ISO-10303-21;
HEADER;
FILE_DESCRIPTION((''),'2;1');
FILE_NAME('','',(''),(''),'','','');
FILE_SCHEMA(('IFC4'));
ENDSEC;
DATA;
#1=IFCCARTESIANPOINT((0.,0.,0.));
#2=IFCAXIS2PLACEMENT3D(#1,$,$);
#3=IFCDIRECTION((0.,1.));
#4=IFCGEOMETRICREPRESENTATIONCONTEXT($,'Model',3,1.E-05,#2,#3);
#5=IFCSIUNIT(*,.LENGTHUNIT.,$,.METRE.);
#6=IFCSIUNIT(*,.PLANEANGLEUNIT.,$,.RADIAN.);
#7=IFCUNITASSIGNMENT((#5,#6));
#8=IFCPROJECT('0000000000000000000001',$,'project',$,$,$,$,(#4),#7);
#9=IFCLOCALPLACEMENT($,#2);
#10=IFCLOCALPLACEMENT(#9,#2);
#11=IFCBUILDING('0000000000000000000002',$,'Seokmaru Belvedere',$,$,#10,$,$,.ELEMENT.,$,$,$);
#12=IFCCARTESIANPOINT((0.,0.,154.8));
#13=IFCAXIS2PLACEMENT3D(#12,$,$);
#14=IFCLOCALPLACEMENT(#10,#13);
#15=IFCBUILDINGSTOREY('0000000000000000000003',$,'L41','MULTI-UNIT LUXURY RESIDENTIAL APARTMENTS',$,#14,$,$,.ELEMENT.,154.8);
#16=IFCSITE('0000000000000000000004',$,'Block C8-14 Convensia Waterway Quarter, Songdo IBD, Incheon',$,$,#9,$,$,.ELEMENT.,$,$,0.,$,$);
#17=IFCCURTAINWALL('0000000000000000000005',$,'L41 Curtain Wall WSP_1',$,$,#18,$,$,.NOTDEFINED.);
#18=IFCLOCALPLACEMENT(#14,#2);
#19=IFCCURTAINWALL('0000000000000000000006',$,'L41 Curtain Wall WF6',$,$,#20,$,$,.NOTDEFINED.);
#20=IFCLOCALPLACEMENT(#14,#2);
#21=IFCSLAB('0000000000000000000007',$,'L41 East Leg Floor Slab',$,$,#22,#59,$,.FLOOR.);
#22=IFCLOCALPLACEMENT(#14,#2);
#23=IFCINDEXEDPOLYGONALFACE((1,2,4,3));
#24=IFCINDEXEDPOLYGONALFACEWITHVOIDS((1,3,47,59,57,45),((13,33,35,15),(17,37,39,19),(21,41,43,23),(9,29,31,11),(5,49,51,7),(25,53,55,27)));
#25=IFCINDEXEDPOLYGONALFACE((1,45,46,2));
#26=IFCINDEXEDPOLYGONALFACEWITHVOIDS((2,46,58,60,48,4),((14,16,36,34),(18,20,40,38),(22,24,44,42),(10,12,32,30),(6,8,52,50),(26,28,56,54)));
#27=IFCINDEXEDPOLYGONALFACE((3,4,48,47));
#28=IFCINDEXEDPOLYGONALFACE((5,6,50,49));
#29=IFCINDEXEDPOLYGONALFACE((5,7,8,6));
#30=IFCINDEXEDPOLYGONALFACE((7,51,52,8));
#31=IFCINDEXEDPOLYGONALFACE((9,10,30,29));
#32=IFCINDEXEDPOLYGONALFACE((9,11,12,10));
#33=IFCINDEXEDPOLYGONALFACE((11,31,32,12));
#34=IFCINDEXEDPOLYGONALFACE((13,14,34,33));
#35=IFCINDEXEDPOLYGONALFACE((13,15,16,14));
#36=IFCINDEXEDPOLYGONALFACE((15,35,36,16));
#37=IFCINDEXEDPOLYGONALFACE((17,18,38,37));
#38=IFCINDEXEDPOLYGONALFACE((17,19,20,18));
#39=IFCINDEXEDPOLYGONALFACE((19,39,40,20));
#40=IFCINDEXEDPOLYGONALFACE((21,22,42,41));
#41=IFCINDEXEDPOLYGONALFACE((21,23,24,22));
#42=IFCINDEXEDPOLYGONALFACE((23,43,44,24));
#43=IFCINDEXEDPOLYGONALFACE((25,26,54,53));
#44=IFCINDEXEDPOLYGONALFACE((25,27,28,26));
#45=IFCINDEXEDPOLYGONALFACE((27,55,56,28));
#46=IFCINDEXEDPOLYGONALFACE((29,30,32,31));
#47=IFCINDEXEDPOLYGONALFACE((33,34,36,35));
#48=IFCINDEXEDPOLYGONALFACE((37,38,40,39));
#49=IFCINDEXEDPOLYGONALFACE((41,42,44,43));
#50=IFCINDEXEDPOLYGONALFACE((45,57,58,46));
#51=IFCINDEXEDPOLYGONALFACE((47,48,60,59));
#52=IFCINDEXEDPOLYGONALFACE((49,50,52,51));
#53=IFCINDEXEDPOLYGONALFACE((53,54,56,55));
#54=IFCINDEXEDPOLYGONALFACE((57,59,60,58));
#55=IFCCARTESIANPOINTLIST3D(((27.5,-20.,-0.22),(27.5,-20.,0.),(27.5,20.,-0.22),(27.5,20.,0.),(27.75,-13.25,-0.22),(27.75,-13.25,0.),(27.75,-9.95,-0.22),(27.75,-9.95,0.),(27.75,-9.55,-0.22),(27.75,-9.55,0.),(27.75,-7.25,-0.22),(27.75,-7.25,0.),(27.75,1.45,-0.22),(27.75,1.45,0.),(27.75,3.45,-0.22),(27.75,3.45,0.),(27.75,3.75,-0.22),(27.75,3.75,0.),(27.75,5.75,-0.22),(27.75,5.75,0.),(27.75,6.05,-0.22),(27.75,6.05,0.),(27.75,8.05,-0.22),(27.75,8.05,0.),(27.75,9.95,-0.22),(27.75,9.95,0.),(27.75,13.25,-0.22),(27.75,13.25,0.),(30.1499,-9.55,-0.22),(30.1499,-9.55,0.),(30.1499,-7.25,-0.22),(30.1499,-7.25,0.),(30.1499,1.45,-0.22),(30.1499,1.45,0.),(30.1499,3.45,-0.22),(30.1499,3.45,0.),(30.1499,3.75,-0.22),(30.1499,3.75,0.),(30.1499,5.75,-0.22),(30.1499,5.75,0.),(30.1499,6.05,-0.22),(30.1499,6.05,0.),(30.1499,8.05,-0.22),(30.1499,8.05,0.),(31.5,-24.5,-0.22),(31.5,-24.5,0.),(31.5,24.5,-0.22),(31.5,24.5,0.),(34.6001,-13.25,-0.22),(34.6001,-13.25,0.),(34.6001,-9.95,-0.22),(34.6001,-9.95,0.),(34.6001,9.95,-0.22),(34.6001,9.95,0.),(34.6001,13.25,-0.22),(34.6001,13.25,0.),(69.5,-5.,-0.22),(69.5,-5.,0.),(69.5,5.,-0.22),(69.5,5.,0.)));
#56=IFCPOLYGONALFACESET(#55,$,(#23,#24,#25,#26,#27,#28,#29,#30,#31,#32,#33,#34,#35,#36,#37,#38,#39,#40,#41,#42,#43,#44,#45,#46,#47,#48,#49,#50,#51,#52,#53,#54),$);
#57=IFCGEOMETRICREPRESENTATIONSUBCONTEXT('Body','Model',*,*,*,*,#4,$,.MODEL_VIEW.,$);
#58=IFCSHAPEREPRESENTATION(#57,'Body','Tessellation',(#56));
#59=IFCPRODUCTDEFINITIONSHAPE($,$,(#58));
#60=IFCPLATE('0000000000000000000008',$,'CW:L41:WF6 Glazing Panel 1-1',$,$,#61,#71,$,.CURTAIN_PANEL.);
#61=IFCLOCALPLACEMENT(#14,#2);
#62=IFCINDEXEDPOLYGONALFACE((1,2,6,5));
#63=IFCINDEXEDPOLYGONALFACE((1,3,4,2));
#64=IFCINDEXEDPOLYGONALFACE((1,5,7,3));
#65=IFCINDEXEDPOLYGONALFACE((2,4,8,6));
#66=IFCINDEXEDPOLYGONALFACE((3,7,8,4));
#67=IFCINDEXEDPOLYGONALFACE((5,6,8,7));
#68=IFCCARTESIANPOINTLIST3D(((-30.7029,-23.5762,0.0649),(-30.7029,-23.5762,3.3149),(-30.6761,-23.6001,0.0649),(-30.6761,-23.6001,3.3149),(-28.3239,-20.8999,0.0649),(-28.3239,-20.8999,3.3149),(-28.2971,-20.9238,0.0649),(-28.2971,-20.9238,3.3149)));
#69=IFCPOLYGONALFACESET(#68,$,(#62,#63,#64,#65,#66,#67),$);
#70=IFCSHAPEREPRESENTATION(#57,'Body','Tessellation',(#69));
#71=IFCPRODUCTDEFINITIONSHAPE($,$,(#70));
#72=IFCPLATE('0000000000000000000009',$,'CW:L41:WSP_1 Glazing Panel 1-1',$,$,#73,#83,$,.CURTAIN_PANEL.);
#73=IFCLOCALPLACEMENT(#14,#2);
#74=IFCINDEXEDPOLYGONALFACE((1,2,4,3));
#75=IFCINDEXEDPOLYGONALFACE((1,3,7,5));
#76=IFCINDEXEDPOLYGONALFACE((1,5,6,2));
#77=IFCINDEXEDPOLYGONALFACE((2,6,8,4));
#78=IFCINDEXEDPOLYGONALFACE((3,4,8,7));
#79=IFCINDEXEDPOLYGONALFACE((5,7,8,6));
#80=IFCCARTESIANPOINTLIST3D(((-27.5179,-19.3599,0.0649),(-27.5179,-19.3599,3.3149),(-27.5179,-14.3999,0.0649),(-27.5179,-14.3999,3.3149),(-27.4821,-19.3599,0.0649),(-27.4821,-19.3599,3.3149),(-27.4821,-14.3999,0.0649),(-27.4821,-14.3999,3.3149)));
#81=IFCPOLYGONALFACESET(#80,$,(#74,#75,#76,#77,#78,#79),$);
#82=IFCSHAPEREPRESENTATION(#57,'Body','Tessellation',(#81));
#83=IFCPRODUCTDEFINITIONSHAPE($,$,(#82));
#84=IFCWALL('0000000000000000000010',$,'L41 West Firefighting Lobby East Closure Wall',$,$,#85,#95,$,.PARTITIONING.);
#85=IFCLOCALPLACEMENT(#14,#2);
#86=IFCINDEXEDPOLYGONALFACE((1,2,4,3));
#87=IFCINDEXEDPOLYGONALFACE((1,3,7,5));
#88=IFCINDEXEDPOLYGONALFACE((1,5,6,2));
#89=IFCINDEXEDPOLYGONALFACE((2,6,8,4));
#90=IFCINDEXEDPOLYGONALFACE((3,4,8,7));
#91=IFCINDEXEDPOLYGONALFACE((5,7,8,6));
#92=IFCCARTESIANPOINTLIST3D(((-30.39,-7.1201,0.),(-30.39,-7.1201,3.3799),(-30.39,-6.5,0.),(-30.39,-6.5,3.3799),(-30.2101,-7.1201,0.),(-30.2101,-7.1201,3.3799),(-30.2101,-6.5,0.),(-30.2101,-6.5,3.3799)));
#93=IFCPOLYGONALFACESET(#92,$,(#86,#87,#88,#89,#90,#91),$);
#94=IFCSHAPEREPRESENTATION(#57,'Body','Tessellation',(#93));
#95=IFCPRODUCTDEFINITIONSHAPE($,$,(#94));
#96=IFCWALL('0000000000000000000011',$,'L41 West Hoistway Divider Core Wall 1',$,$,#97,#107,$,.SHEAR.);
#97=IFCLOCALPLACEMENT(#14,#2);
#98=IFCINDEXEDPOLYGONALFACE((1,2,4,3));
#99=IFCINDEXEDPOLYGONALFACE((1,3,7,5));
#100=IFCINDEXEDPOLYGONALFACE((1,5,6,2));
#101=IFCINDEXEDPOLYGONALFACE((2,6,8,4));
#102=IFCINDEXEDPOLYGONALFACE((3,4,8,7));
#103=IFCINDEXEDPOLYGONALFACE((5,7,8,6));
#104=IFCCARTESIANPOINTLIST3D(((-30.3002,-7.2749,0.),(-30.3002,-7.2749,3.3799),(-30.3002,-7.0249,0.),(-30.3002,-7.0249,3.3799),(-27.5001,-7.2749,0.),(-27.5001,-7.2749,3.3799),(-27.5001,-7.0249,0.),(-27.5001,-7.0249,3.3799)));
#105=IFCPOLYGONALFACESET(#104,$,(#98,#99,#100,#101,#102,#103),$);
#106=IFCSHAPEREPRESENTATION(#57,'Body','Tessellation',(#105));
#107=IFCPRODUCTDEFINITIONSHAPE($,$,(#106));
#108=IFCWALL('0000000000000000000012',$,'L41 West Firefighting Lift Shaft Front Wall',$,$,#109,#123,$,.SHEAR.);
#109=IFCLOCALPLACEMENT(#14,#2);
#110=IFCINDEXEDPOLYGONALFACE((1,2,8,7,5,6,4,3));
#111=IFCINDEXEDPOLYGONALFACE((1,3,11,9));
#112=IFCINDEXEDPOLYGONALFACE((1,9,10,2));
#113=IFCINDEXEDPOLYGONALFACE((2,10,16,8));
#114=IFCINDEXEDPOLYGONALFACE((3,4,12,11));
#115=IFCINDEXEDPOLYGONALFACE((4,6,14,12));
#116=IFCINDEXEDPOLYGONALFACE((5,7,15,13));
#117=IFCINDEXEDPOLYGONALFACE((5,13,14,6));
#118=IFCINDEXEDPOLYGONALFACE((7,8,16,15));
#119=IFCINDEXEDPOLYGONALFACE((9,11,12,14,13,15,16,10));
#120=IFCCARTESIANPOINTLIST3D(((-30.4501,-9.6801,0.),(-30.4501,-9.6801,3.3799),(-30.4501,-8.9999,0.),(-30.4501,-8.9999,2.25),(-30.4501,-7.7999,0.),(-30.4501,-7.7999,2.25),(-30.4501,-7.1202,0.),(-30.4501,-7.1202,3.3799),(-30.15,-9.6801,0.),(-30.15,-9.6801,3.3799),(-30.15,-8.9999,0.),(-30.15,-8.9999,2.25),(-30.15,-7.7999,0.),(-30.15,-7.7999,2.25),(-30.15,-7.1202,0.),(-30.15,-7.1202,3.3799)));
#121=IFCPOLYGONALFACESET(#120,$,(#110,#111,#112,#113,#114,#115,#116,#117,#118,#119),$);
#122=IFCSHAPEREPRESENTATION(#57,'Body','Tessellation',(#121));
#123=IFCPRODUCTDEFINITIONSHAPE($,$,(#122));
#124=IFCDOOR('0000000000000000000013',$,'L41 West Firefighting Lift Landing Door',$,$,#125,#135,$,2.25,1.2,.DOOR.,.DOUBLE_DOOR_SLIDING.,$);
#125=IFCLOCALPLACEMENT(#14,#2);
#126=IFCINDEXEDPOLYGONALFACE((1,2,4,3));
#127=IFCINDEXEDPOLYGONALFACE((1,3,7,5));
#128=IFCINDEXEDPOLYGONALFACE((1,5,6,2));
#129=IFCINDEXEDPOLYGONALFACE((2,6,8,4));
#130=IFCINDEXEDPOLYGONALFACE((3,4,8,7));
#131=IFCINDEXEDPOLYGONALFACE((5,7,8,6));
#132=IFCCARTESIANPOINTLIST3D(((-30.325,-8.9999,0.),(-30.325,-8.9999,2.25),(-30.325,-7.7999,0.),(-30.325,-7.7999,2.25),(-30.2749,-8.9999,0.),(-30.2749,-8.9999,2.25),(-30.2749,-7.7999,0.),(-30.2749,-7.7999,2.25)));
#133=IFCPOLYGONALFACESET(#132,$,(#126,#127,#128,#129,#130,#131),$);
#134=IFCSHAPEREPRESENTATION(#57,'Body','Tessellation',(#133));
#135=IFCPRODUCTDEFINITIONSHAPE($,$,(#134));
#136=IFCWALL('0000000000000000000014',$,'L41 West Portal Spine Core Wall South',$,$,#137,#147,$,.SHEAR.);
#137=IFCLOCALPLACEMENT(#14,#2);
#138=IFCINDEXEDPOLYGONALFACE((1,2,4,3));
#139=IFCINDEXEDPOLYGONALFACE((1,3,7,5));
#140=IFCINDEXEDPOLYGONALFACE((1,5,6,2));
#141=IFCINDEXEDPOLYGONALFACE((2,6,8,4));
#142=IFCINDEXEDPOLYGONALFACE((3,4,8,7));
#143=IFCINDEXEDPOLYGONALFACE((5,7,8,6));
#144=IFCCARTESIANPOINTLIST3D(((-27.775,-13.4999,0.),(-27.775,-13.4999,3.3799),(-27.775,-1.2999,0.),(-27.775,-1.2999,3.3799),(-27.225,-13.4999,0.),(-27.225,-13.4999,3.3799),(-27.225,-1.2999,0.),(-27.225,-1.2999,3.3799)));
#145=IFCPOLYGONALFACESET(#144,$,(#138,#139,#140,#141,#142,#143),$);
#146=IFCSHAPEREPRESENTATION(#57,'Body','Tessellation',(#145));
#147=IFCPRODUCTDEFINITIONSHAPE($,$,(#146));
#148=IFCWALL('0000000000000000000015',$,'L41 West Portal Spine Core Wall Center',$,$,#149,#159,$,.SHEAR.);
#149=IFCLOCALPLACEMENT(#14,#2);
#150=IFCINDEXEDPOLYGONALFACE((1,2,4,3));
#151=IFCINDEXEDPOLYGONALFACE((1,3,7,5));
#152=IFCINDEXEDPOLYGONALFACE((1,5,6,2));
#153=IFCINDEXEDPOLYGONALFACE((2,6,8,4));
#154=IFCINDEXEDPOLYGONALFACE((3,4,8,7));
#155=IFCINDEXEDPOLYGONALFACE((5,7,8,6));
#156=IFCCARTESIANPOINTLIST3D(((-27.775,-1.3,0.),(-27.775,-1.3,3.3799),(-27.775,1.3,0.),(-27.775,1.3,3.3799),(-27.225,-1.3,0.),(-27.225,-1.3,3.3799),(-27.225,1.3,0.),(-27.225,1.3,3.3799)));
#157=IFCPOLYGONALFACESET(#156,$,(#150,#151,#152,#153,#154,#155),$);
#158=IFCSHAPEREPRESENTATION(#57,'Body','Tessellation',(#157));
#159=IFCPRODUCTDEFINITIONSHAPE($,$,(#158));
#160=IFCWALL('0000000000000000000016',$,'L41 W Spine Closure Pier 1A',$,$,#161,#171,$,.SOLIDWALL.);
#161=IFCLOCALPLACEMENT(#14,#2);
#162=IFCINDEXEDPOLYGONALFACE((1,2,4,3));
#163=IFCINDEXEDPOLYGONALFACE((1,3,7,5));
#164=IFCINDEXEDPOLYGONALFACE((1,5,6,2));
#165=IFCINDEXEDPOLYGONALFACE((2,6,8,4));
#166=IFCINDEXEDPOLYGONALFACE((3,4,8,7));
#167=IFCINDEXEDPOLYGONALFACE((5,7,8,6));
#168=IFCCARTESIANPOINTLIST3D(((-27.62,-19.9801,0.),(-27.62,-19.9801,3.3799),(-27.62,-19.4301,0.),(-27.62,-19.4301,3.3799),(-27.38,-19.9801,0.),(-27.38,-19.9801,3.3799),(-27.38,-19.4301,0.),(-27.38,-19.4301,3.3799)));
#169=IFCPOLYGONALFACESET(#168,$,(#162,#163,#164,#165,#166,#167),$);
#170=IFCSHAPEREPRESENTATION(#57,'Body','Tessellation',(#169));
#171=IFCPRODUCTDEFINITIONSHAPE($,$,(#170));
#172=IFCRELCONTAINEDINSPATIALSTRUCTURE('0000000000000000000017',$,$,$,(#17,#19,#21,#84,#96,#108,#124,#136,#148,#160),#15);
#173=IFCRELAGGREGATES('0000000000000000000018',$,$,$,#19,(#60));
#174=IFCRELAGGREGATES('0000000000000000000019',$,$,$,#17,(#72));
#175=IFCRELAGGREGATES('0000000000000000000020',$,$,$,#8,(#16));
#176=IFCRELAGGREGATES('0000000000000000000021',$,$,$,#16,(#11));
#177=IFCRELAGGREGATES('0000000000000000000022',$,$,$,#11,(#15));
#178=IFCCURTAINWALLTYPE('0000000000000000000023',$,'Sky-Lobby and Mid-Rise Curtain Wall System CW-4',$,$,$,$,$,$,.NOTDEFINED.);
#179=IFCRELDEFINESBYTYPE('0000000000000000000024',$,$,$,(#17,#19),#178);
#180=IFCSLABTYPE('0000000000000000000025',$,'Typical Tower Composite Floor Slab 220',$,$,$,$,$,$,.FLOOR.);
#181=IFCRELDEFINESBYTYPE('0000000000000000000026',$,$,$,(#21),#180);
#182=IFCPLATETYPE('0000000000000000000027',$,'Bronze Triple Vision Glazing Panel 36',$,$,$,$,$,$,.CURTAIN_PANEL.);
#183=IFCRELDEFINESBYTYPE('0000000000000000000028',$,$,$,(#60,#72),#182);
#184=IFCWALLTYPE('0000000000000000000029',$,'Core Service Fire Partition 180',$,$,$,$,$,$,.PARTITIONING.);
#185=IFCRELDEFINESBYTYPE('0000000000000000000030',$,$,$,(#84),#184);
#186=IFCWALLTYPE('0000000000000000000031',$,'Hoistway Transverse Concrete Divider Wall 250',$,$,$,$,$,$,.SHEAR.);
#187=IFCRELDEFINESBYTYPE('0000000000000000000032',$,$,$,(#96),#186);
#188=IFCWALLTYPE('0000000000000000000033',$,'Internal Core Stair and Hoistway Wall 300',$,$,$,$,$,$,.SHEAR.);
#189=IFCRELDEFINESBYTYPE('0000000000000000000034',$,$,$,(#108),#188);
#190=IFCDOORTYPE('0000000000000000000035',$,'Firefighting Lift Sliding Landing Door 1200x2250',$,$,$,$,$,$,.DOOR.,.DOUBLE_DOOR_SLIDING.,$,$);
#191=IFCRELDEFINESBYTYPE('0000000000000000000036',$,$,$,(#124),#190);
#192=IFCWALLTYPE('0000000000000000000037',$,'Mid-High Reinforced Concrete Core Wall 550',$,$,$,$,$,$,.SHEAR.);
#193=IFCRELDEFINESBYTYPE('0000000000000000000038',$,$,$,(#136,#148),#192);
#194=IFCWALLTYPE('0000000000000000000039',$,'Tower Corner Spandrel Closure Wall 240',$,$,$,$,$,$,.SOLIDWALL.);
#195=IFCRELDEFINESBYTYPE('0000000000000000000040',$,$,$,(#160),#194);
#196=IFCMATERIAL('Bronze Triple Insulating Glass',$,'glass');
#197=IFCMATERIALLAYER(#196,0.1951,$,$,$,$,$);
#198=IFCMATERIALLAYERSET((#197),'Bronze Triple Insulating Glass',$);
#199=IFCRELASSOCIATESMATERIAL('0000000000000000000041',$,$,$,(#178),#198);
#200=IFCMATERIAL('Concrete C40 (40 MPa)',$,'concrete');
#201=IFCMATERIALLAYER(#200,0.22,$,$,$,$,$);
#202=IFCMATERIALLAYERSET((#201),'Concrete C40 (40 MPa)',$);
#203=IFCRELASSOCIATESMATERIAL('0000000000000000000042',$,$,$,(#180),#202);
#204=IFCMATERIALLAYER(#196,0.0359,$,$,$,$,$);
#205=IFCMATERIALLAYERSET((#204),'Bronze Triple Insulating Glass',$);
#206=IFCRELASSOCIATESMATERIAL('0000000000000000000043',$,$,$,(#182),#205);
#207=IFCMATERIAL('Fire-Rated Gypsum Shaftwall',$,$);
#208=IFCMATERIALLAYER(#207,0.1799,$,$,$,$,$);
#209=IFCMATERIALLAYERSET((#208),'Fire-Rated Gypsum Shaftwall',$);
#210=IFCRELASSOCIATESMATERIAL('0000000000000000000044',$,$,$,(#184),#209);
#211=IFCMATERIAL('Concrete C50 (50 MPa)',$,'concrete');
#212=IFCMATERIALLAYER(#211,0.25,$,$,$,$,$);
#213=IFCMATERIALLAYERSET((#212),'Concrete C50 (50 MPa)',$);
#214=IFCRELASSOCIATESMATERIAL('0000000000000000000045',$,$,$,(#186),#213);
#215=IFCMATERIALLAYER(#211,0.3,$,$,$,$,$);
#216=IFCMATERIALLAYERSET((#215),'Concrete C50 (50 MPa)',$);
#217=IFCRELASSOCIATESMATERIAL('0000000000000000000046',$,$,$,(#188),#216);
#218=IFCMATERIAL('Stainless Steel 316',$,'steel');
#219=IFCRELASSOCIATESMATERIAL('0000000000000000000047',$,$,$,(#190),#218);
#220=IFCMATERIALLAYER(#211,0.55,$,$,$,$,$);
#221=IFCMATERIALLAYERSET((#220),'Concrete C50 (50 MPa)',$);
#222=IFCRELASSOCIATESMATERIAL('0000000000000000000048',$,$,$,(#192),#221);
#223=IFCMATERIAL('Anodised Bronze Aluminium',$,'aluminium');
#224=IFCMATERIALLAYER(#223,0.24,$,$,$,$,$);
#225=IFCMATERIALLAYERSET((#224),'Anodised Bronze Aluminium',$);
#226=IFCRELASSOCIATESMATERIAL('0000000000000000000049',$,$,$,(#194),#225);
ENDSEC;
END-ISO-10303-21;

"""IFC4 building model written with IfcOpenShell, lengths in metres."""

from ifc_helpers import new_model, si_unit, direction, frame, frame_2d, origin, origin_2d, place, context, subcontext, project, spatial, polyline, rectangle, outline, extrude, source, transform, mapped, material, layer, layer_set, type_object, type_shapes, element, fill, aggregate, save


model = new_model("IFC4")

# Units and contexts
model_context = context("Model", 3, precision=1e-05, world=origin(), true_north=direction((0.0, 1.0)))
body_context = subcontext(model_context, "Body", "Model", "MODEL_VIEW")
ifc_project = project(units=[si_unit("LENGTHUNIT", "METRE"), si_unit("PLANEANGLEUNIT", "RADIAN")], contexts=[model_context])

# Site, building, storey
site_placement = place(None, origin())
site = spatial("IfcSite", under=ifc_project, at=site_placement, Name="Block C8-14 Convensia Waterway Quarter, Songdo IBD, Incheon", CompositionType="ELEMENT", RefElevation=0.0)
building_placement = place(site_placement, origin())
building = spatial("IfcBuilding", under=site, at=building_placement, Name="Seokmaru Belvedere", CompositionType="ELEMENT")
storey_placement = place(building_placement, frame((0.0, 0.0, 154.8)))
storey = spatial("IfcBuildingStorey", under=building, at=storey_placement, Name="L41", Description="MULTI-UNIT LUXURY RESIDENTIAL APARTMENTS", CompositionType="ELEMENT", Elevation=154.8)

# Curtain walls
ifc_material_1 = material(Name="Bronze Triple Insulating Glass", Category="glass")
ifc_layer_1 = layer(ifc_material_1, 0.1951)
ifc_layer_set_1 = layer_set([ifc_layer_1], Name="Bronze Triple Insulating Glass")
curtain_wall_type = type_object("IfcCurtainWallType", Name="Sky-Lobby and Mid-Rise Curtain Wall System CW-4", PredefinedType="NOTDEFINED", material=ifc_layer_set_1)
curtain_wall_1_placement = place(storey_placement, origin())
curtain_wall_1 = element("IfcCurtainWall", 1, at=curtain_wall_1_placement, inside=storey, type_object=curtain_wall_type, Name="L41 Curtain Wall WSP_1", PredefinedType="NOTDEFINED")
ifc_material_2 = material(Name="Anodised Bronze Aluminium", Category="aluminium")
curtain_wall_2_placement = place(storey_placement, origin())
curtain_wall_2 = element("IfcCurtainWall", 2, at=curtain_wall_2_placement, inside=storey, type_object=curtain_wall_type, Name="L41 Curtain Wall WF6", PredefinedType="NOTDEFINED")

# Shared definitions
ifc_material_3 = material(Name="Concrete C40 (40 MPa)", Category="concrete")

# Slab
ifc_layer_2 = layer(ifc_material_3, 0.22)
ifc_layer_set_2 = layer_set([ifc_layer_2], Name="Concrete C40 (40 MPa)")
slab_type_1 = type_object("IfcSlabType", Name="Typical Tower Composite Floor Slab 220", PredefinedType="FLOOR", material=ifc_layer_set_2)
slab_1_placement = place(storey_placement, frame((0.0, 0.0, -0.22)))
element("IfcSlab", 3, at=slab_1_placement, inside=storey, type_object=slab_type_1, Name="L41 East Leg Floor Slab", PredefinedType="FLOOR", context=body_context, shape_type="SweptSolid", body=[
    extrude(outline(polyline([(31.5, -24.5), (69.5, -5.0), (69.5, 5.0), (31.5, 24.5), (27.5, 20.0), (27.5, -20.0), (31.5, -24.5)]), holes=[polyline([(27.75, -13.25), (34.6001, -13.25), (34.6001, -9.95), (27.75, -9.95), (27.75, -13.25)]), polyline([(27.75, 9.95), (34.6001, 9.95), (34.6001, 13.25), (27.75, 13.25), (27.75, 9.95)]), polyline([(27.75, -9.55), (30.1499, -9.55), (30.1499, -7.25), (27.75, -7.25), (27.75, -9.55)]), polyline([(27.75, 1.45), (30.1499, 1.45), (30.1499, 3.45), (27.75, 3.45), (27.75, 1.45)]), polyline([(27.75, 3.75), (30.1499, 3.75), (30.1499, 5.75), (27.75, 5.75), (27.75, 3.75)]), polyline([(27.75, 6.05), (30.1499, 6.05), (30.1499, 8.05), (27.75, 8.05), (27.75, 6.05)])]), origin(), (0.0, 0.0, 1.0), 0.22),
])

# Plates
ifc_layer_3 = layer(ifc_material_1, 0.0359)
ifc_layer_set_3 = layer_set([ifc_layer_3], Name="Bronze Triple Insulating Glass")
plate_type = type_object("IfcPlateType", Name="Bronze Triple Vision Glazing Panel 36", PredefinedType="CURTAIN_PANEL", material=ifc_layer_set_3)
shared_shape_1 = source(origin(), body_context, "Body", "SweptSolid", [
    extrude(rectangle(XDim=3.5808, YDim=0.0359, at=origin_2d()), origin(), (0.0, 0.0, 1.0), 3.25),
])
plate_1_placement = place(storey_placement, frame((-29.5, -22.25, 0.0649), z_axis=(0.0, 0.0, 1.0), x_axis=(0.664363, 0.74741, 0.0)))
plate_1 = element("IfcPlate", 4, at=plate_1_placement, type_object=plate_type, Name="CW:L41:WF6 Glazing Panel 1-1", PredefinedType="CURTAIN_PANEL", context=body_context, shape_type="MappedRepresentation", body=[
    mapped(shared_shape_1, transform((0.0, 0.0, 0.0), scale=1.0)),
])
aggregate(curtain_wall_2, [plate_1])
shared_shape_2 = source(origin(), body_context, "Body", "SweptSolid", [
    extrude(rectangle(XDim=4.96, YDim=0.0359, at=origin_2d()), origin(), (0.0, 0.0, 1.0), 3.25),
])
type_shapes(plate_type, [shared_shape_1, shared_shape_2])
plate_2_placement = place(storey_placement, frame((-27.5, -16.8799, 0.0649), z_axis=(0.0, 0.0, 1.0), x_axis=(0.0, 1.0, 0.0)))
plate_2 = element("IfcPlate", 5, at=plate_2_placement, type_object=plate_type, Name="CW:L41:WSP_1 Glazing Panel 1-1", PredefinedType="CURTAIN_PANEL", context=body_context, shape_type="MappedRepresentation", body=[
    mapped(shared_shape_2, transform((0.0, 0.0, 0.0), scale=1.0)),
])
aggregate(curtain_wall_1, [plate_2])

# Walls
ifc_material_4 = material(Name="Fire-Rated Gypsum Shaftwall")
ifc_layer_4 = layer(ifc_material_4, 0.1799)
ifc_layer_set_4 = layer_set([ifc_layer_4], Name="Fire-Rated Gypsum Shaftwall")
wall_type_1 = type_object("IfcWallType", Name="Core Service Fire Partition 180", PredefinedType="PARTITIONING", material=ifc_layer_set_4)
wall_1_placement = place(storey_placement, frame((-30.3, -7.1201, 0.0), z_axis=(0.0, 0.0, 1.0), x_axis=(0.0, 1.0, 0.0)))
element("IfcWall", 6, at=wall_1_placement, inside=storey, type_object=wall_type_1, Name="L41 West Firefighting Lobby East Closure Wall", PredefinedType="PARTITIONING", context=body_context, shape_type="SweptSolid", body=[
    extrude(rectangle(XDim=0.6201, YDim=0.1799, at=frame_2d((0.3101, 0.0))), origin(), (0.0, 0.0, 1.0), 3.3799),
])
ifc_material_5 = material(Name="Concrete C50 (50 MPa)", Category="concrete")
ifc_layer_5 = layer(ifc_material_5, 0.25)
ifc_layer_set_5 = layer_set([ifc_layer_5], Name="Concrete C50 (50 MPa)")
wall_type_2 = type_object("IfcWallType", Name="Hoistway Transverse Concrete Divider Wall 250", PredefinedType="SHEAR", material=ifc_layer_set_5)
wall_2_placement = place(storey_placement, frame((-30.3, -7.1499, 0.0), z_axis=(0.0, 0.0, 1.0), x_axis=(1.0, 0.0, 0.0)))
element("IfcWall", 7, at=wall_2_placement, inside=storey, type_object=wall_type_2, Name="L41 West Hoistway Divider Core Wall 1", PredefinedType="SHEAR", context=body_context, shape_type="SweptSolid", body=[
    extrude(rectangle(XDim=2.8, YDim=0.25, at=frame_2d((1.3999, 0.0))), origin(), (0.0, 0.0, 1.0), 3.3799),
])

# Wall, opening, door
ifc_layer_6 = layer(ifc_material_5, 0.3)
ifc_layer_set_6 = layer_set([ifc_layer_6], Name="Concrete C50 (50 MPa)")
wall_type_3 = type_object("IfcWallType", Name="Internal Core Stair and Hoistway Wall 300", PredefinedType="SHEAR", material=ifc_layer_set_6)
wall_3_placement = place(storey_placement, frame((-30.3, -9.6799, 0.0), z_axis=(0.0, 0.0, 1.0), x_axis=(0.0, 1.0, 0.0)))
wall_3 = element("IfcWall", 8, at=wall_3_placement, inside=storey, type_object=wall_type_3, Name="L41 West Firefighting Lift Shaft Front Wall", PredefinedType="SHEAR", context=body_context, shape_type="SweptSolid", body=[
    extrude(rectangle(XDim=2.5598, YDim=0.3, at=frame_2d((1.2798, 0.0))), origin(), (0.0, 0.0, 1.0), 3.3799),
])
opening_placement = place(wall_3_placement, frame((0.6799, 0.0, 0.0)))
opening = element("IfcOpeningElement", 9, at=opening_placement, cuts=wall_3, PredefinedType="OPENING", context=body_context, shape_type="SweptSolid", body=[
    extrude(rectangle(XDim=1.2, YDim=2.25, at=frame_2d((0.6001, 1.125))), frame((0.0, 0.1602, 0.0), z_axis=(0.0, -1.0, 0.0), x_axis=(1.0, 0.0, 0.0)), (0.0, 0.0, 1.0), 0.3201),
])
ifc_material_6 = material(Name="Stainless Steel 316", Category="steel")
door_type = type_object("IfcDoorType", Name="Firefighting Lift Sliding Landing Door 1200x2250", OperationType="DOUBLE_DOOR_SLIDING", PredefinedType="DOOR", material=ifc_material_6)
shared_shape_3 = source(origin(), body_context, "Body", "SweptSolid", [
    extrude(rectangle(XDim=1.2, YDim=2.25, at=frame_2d((0.6001, 1.125))), frame((0.0, 0.0249, 0.0), z_axis=(0.0, -1.0, 0.0), x_axis=(1.0, 0.0, 0.0)), (0.0, 0.0, 1.0), 0.05),
])
type_shapes(door_type, [shared_shape_3])
door_placement = place(opening_placement, origin())
door = element("IfcDoor", 10, at=door_placement, inside=storey, type_object=door_type, Name="L41 West Firefighting Lift Landing Door", OperationType="DOUBLE_DOOR_SLIDING", OverallHeight=2.25, OverallWidth=1.2, PredefinedType="DOOR", context=body_context, shape_type="MappedRepresentation", body=[
    mapped(shared_shape_3, transform((0.0, 0.0, 0.0), scale=1.0)),
])
fill(opening, door)

# Walls
ifc_layer_7 = layer(ifc_material_5, 0.55)
ifc_layer_set_7 = layer_set([ifc_layer_7], Name="Concrete C50 (50 MPa)")
wall_type_4 = type_object("IfcWallType", Name="Mid-High Reinforced Concrete Core Wall 550", PredefinedType="SHEAR", material=ifc_layer_set_7)
wall_4_placement = place(storey_placement, frame((-27.5, -13.5, 0.0), z_axis=(0.0, 0.0, 1.0), x_axis=(0.0, 1.0, 0.0)))
element("IfcWall", 11, at=wall_4_placement, inside=storey, type_object=wall_type_4, Name="L41 West Portal Spine Core Wall South", PredefinedType="SHEAR", context=body_context, shape_type="SweptSolid", body=[
    extrude(rectangle(XDim=12.2, YDim=0.55, at=frame_2d((6.1001, 0.0))), origin(), (0.0, 0.0, 1.0), 3.3799),
])
wall_5_placement = place(storey_placement, frame((-27.5, -1.3, 0.0), z_axis=(0.0, 0.0, 1.0), x_axis=(0.0, 1.0, 0.0)))
element("IfcWall", 12, at=wall_5_placement, inside=storey, type_object=wall_type_4, Name="L41 West Portal Spine Core Wall Center", PredefinedType="SHEAR", context=body_context, shape_type="SweptSolid", body=[
    extrude(rectangle(XDim=2.6001, YDim=0.55, at=frame_2d((1.3, 0.0))), origin(), (0.0, 0.0, 1.0), 3.3799),
])
ifc_layer_8 = layer(ifc_material_2, 0.24)
ifc_layer_set_8 = layer_set([ifc_layer_8], Name="Anodised Bronze Aluminium")
wall_type_5 = type_object("IfcWallType", Name="Tower Corner Spandrel Closure Wall 240", PredefinedType="SOLIDWALL", material=ifc_layer_set_8)
wall_6_placement = place(storey_placement, frame((-27.5, -19.98, 0.0), z_axis=(0.0, 0.0, 1.0), x_axis=(0.0, 1.0, 0.0)))
element("IfcWall", 13, at=wall_6_placement, inside=storey, type_object=wall_type_5, Name="L41 W Spine Closure Pier 1A", PredefinedType="SOLIDWALL", context=body_context, shape_type="SweptSolid", body=[
    extrude(rectangle(XDim=0.55, YDim=0.24, at=frame_2d((0.2749, 0.0))), origin(), (0.0, 0.0, 1.0), 3.3799),
])

save(model, "model.ifc")
